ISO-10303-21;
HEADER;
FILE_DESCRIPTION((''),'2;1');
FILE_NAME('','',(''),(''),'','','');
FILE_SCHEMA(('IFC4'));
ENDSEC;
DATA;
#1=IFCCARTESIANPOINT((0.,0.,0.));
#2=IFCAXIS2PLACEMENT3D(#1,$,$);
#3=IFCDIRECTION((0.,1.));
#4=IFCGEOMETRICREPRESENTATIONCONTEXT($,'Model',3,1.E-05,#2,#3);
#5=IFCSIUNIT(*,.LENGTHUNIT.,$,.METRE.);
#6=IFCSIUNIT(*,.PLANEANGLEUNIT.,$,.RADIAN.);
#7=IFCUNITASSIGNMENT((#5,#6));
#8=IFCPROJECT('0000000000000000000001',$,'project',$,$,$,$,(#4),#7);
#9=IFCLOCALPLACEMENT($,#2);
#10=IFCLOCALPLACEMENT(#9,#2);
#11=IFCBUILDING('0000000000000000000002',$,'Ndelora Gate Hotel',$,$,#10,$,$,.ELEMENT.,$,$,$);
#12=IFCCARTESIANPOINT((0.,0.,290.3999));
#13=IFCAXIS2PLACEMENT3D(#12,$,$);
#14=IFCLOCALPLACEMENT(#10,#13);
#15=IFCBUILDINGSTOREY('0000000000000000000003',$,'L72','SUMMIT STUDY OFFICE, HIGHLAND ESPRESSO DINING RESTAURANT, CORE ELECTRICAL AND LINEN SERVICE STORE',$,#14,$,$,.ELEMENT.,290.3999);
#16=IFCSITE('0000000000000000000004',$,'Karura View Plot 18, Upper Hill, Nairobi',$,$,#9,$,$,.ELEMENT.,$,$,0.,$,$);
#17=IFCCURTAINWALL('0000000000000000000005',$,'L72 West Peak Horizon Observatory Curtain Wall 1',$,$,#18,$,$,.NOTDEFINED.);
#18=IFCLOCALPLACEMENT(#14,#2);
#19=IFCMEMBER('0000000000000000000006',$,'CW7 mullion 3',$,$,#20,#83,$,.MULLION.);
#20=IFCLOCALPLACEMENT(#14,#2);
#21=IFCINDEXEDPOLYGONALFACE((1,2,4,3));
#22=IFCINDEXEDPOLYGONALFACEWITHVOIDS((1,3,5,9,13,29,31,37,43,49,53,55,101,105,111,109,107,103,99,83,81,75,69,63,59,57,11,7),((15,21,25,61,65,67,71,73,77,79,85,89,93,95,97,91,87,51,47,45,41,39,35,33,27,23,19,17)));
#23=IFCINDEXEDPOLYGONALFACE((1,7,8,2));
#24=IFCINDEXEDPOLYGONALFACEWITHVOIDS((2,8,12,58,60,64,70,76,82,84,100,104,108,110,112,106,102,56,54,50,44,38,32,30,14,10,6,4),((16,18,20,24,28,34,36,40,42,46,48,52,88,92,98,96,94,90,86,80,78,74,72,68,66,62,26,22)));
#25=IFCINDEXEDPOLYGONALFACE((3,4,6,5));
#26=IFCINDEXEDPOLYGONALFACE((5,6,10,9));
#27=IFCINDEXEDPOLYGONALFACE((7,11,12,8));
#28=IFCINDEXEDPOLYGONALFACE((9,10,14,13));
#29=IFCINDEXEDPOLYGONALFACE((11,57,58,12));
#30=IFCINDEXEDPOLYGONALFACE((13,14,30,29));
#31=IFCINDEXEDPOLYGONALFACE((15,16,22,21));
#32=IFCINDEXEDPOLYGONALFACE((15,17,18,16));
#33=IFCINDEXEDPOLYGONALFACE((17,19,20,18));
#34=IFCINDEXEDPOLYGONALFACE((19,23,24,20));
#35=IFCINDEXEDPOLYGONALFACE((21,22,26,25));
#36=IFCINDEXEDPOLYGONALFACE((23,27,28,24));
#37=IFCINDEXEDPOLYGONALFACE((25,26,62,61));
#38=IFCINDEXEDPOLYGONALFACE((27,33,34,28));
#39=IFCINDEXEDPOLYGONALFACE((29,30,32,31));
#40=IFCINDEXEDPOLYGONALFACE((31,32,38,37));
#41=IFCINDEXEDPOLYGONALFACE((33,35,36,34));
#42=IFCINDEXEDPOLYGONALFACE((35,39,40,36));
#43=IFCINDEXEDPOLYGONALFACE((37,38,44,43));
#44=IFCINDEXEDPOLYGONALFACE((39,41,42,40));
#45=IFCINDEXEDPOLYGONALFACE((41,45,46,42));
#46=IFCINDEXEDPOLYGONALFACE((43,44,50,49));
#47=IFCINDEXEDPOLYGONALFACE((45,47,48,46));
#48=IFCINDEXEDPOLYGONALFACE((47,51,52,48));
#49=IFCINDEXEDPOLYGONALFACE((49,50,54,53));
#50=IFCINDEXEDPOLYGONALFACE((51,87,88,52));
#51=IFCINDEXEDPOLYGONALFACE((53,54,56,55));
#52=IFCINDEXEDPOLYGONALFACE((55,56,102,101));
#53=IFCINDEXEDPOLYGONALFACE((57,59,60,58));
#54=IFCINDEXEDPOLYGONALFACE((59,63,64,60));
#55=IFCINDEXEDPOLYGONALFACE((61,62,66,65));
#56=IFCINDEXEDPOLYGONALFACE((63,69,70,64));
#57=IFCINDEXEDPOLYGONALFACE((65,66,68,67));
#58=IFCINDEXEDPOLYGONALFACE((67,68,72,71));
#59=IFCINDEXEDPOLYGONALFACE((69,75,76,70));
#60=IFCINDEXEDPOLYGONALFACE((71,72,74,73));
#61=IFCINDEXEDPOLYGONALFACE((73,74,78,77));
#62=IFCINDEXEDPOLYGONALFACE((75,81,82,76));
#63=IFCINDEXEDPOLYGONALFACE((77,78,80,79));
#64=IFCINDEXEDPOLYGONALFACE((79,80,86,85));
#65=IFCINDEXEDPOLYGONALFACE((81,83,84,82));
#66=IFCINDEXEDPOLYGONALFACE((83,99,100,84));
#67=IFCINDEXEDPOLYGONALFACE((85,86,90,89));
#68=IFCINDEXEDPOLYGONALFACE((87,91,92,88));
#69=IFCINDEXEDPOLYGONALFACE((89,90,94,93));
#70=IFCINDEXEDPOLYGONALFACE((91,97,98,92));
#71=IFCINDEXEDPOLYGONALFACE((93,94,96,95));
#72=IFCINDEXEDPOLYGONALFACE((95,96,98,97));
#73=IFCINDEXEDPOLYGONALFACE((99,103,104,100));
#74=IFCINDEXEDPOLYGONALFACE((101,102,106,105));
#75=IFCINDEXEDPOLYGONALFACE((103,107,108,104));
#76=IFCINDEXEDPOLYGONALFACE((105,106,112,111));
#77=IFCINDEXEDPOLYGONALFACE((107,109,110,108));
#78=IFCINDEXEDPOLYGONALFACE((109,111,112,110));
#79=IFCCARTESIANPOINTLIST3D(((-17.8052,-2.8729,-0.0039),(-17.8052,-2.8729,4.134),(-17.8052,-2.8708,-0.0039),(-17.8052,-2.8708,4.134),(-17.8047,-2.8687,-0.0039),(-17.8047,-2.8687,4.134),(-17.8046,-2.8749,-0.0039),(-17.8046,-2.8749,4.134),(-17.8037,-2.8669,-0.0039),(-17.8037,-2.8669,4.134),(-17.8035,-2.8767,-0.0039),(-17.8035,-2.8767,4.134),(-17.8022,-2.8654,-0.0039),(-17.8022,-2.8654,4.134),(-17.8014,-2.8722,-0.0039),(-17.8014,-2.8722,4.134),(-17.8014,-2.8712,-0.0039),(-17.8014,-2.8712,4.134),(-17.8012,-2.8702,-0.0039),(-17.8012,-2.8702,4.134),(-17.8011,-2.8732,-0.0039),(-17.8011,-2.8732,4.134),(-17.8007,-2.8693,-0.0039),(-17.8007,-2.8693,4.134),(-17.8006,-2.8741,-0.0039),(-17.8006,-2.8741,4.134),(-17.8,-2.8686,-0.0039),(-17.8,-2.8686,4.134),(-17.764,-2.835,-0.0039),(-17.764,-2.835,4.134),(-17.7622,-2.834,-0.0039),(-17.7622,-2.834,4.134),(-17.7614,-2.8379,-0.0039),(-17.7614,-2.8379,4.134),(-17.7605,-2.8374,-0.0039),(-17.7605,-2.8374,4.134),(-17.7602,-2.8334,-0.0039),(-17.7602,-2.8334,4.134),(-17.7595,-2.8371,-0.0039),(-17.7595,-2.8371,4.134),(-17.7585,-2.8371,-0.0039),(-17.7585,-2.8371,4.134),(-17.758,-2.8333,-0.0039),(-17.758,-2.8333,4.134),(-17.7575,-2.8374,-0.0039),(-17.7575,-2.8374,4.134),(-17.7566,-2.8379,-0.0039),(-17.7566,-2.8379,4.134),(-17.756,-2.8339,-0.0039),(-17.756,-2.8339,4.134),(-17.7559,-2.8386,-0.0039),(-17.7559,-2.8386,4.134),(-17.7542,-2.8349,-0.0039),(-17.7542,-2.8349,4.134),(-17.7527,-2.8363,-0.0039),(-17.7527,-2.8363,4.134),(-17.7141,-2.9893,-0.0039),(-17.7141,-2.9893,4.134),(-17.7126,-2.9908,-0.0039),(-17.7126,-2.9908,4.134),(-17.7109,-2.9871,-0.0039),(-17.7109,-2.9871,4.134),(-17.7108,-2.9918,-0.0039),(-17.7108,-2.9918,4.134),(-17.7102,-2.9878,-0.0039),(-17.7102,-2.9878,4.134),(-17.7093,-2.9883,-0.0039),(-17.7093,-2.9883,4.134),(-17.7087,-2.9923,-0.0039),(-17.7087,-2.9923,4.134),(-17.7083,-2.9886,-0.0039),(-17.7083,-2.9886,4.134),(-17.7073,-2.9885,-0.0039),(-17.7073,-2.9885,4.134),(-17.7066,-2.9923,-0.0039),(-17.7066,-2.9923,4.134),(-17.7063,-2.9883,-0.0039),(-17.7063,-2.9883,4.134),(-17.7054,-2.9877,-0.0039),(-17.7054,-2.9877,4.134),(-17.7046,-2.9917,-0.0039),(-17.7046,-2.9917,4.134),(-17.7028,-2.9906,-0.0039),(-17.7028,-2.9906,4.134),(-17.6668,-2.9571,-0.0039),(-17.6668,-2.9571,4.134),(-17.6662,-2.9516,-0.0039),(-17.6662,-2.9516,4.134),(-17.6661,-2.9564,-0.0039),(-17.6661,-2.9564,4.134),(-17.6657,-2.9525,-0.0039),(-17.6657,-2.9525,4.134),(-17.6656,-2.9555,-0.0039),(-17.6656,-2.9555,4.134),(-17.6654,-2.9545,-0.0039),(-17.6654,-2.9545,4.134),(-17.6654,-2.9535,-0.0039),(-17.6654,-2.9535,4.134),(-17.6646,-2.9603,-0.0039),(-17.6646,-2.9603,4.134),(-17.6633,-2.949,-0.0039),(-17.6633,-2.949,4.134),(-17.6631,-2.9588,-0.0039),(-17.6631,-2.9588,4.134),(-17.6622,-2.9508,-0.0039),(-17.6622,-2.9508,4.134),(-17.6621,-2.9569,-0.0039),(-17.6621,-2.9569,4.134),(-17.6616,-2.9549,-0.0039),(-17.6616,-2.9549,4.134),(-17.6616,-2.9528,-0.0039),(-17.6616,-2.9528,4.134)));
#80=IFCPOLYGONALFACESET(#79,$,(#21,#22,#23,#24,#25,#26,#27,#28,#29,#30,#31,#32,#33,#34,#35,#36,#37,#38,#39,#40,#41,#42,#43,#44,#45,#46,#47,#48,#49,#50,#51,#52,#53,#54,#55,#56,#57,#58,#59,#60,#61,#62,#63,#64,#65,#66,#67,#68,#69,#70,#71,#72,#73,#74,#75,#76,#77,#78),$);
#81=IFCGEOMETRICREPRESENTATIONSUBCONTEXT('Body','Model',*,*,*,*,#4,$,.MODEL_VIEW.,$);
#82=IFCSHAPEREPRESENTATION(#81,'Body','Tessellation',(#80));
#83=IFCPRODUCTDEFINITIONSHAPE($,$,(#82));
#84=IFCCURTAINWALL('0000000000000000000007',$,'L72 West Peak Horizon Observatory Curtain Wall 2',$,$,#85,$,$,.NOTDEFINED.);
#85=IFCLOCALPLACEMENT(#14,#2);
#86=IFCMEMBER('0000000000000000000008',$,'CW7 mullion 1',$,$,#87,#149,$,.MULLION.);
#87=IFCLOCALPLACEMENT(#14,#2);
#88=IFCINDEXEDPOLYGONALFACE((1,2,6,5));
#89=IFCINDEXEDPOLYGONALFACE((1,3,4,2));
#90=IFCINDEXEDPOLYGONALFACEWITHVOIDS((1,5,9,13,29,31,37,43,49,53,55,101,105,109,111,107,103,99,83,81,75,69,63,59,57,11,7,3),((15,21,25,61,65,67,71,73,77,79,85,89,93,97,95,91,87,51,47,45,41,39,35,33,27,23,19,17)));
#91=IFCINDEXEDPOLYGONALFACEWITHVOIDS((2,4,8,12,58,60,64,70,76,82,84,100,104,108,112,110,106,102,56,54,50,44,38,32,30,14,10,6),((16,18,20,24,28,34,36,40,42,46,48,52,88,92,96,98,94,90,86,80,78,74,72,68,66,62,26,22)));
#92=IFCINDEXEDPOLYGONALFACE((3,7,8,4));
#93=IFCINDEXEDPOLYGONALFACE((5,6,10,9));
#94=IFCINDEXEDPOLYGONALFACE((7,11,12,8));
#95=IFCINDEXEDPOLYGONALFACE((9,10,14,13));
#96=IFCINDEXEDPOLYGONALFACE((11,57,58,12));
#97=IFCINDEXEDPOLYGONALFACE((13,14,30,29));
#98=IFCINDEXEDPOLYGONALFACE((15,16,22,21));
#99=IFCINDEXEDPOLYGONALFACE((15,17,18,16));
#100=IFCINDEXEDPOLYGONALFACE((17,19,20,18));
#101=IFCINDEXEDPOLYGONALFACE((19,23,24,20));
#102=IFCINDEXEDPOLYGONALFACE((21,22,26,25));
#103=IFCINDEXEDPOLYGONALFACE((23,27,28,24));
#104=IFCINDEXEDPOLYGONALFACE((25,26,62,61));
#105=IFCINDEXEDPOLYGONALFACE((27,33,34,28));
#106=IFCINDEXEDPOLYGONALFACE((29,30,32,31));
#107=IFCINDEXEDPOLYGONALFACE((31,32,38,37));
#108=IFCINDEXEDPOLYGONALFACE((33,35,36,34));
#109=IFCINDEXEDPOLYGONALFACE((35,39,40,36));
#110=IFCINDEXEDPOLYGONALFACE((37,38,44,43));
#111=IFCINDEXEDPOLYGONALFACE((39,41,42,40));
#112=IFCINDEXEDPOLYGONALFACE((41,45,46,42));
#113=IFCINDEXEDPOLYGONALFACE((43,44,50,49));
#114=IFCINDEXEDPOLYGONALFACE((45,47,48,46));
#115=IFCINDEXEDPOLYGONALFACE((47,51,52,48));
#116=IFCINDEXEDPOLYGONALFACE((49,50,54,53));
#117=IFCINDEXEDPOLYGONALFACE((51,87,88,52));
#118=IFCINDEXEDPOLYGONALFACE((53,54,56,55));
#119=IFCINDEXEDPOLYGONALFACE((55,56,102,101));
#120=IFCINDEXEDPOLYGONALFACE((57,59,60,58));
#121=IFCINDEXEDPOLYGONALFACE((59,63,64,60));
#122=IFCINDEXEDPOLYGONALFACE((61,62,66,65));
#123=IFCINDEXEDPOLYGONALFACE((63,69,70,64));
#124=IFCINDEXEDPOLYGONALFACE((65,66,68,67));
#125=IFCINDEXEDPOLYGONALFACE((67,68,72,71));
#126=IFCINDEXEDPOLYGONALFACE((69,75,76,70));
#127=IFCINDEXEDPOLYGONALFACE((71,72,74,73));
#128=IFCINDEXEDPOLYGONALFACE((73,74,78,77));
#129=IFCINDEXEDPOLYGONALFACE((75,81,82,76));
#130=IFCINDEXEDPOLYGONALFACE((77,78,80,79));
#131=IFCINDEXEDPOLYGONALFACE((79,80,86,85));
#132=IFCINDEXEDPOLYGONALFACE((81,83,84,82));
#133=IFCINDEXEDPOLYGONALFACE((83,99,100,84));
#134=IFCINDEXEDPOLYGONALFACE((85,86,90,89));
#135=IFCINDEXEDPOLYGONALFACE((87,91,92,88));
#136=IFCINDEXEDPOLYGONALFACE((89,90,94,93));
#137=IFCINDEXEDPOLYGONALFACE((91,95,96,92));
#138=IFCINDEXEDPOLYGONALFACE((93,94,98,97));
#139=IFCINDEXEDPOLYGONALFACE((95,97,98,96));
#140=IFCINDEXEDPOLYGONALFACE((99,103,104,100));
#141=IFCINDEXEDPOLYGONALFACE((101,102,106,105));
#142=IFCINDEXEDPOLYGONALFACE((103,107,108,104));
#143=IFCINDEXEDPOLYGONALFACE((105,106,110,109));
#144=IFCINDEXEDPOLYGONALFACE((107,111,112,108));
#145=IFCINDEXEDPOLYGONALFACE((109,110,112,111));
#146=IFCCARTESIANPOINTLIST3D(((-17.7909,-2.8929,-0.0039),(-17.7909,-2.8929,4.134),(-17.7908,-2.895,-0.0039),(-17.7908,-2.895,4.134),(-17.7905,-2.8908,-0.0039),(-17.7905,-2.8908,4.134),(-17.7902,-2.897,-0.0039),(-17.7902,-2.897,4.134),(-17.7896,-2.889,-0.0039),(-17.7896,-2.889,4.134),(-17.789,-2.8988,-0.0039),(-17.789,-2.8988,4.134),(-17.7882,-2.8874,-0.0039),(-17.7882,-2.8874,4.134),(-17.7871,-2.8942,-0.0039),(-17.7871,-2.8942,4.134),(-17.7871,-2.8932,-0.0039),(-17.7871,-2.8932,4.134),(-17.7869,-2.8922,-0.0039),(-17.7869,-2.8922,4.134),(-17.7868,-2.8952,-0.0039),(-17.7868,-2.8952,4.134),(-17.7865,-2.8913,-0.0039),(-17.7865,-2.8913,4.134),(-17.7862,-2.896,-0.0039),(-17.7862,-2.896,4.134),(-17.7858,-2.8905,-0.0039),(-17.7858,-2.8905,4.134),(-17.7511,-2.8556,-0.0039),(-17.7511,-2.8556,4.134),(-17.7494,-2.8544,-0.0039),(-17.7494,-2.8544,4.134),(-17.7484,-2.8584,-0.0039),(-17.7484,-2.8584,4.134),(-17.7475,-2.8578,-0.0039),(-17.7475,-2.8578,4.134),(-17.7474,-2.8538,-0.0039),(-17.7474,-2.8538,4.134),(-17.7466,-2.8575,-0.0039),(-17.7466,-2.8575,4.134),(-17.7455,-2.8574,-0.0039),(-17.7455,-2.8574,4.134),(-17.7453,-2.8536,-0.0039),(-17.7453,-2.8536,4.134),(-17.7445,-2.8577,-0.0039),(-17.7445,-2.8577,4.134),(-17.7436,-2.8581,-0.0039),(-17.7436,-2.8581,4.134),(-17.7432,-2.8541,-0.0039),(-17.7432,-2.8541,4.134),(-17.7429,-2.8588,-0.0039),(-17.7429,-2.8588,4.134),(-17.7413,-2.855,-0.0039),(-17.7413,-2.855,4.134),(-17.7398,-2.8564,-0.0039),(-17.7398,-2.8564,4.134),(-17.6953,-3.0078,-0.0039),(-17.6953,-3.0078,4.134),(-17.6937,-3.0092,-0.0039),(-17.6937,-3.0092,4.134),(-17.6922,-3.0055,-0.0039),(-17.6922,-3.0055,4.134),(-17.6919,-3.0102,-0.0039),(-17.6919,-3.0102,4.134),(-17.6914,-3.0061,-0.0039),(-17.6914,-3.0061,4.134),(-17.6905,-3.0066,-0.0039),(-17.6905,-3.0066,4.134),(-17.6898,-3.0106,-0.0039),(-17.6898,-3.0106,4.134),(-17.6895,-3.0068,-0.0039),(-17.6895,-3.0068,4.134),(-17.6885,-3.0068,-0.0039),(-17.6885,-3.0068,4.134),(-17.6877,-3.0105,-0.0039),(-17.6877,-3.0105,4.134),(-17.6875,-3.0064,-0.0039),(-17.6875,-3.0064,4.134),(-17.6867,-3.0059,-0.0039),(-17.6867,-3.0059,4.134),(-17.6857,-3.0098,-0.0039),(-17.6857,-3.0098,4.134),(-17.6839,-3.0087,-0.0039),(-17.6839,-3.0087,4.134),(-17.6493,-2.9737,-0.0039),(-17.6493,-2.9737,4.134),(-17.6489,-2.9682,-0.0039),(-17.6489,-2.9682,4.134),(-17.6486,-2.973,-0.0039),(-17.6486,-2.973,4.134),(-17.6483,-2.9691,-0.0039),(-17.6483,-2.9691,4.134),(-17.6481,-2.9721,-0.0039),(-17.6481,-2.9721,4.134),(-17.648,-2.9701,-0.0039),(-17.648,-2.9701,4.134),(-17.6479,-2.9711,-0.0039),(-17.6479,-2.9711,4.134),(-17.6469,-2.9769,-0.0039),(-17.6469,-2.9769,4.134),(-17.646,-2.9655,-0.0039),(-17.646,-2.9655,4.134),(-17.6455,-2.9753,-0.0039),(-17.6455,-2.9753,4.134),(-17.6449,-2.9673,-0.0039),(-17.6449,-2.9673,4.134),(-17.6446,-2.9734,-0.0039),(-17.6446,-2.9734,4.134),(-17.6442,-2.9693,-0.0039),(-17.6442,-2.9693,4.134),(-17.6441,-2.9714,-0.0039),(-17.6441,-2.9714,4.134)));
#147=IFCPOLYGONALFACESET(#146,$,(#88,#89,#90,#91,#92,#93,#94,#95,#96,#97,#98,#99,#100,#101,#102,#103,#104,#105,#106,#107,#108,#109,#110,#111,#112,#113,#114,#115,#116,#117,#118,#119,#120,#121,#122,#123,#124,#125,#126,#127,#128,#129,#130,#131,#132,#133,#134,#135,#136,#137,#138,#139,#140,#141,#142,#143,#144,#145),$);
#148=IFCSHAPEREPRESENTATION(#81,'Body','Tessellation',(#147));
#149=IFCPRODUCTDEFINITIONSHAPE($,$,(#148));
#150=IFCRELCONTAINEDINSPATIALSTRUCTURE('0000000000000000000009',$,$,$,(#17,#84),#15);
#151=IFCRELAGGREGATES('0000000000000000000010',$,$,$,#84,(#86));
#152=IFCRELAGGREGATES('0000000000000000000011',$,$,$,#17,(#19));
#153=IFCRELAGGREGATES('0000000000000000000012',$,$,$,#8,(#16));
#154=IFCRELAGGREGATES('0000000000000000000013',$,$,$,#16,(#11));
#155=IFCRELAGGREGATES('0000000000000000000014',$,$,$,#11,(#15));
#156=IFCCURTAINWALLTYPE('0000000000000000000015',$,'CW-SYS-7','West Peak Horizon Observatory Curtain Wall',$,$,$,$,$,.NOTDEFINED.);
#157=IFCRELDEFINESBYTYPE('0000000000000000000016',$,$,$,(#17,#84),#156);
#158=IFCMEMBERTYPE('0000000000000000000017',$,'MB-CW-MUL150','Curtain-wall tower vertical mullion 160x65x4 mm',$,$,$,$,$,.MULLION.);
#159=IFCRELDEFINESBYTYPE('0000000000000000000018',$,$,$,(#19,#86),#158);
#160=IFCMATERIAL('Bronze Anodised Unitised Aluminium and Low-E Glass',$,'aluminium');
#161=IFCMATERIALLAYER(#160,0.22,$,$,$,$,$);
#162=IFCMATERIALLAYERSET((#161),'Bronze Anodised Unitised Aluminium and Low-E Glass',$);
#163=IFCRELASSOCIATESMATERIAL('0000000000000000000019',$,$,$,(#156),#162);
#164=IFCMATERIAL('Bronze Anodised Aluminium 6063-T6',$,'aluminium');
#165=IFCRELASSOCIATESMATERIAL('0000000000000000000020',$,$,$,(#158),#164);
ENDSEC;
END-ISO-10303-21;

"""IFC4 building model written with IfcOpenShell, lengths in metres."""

from ifc_helpers import new_model, si_unit, direction, frame, origin, origin_2d, place, context, subcontext, project, spatial, hollow_rectangle, extrude, material, layer, layer_set, material_profile, profile_set, type_object, element, aggregate, save


model = new_model("IFC4")

# Units and contexts
model_context = context("Model", 3, precision=1e-05, world=origin(), true_north=direction((0.0, 1.0)))
body_context = subcontext(model_context, "Body", "Model", "MODEL_VIEW")
ifc_project = project(units=[si_unit("LENGTHUNIT", "METRE"), si_unit("PLANEANGLEUNIT", "RADIAN")], contexts=[model_context])

# Site, building, storey
site_placement = place(None, origin())
site = spatial("IfcSite", under=ifc_project, at=site_placement, Name="Karura View Plot 18, Upper Hill, Nairobi", CompositionType="ELEMENT", RefElevation=0.0)
building_placement = place(site_placement, origin())
building = spatial("IfcBuilding", under=site, at=building_placement, Name="Ndelora Gate Hotel", CompositionType="ELEMENT")
storey_placement = place(building_placement, frame((0.0, 0.0, 290.3999)))
storey = spatial("IfcBuildingStorey", under=building, at=storey_placement, Name="L72", Description="SUMMIT STUDY OFFICE, HIGHLAND ESPRESSO DINING RESTAURANT, CORE ELECTRICAL AND LINEN SERVICE STORE", CompositionType="ELEMENT", Elevation=290.3999)

# Curtain wall, member
ifc_material_1 = material(Name="Bronze Anodised Unitised Aluminium and Low-E Glass", Category="aluminium")
ifc_layer_1 = layer(ifc_material_1, 0.22)
ifc_layer_set_1 = layer_set([ifc_layer_1], Name="Bronze Anodised Unitised Aluminium and Low-E Glass")
curtain_wall_type = type_object("IfcCurtainWallType", Name="CW-SYS-7", Description="West Peak Horizon Observatory Curtain Wall", PredefinedType="NOTDEFINED", material=ifc_layer_set_1)
curtain_wall_1_placement = place(storey_placement, origin())
curtain_wall_1 = element("IfcCurtainWall", 1, at=curtain_wall_1_placement, inside=storey, type_object=curtain_wall_type, Name="L72 West Peak Horizon Observatory Curtain Wall 1", PredefinedType="NOTDEFINED")
ifc_material_2 = material(Name="Bronze Anodised Aluminium 6063-T6", Category="aluminium")
ifc_material_profile_1 = material_profile(ifc_material_2, hollow_rectangle(XDim=0.0649, YDim=0.1599, WallThickness=0.0039, InnerFilletRadius=0.0039, OuterFilletRadius=0.0081, at=origin_2d()), Name="ALU 160x65x4")
ifc_profile_set_1 = profile_set([ifc_material_profile_1], Name="Bronze Anodised Aluminium 6063-T6")
member_type_1 = type_object("IfcMemberType", Name="MB-CW-MUL150", Description="Curtain-wall tower vertical mullion 160x65x4 mm", PredefinedType="MULLION", material=ifc_profile_set_1)
member_1_placement = place(storey_placement, frame((-17.7334, -2.9128, -0.0039), z_axis=(0.0, 0.0, 1.0), x_axis=(0.783317, 0.621622, 0.0)))
member_1 = element("IfcMember", 2, at=member_1_placement, type_object=member_type_1, Name="CW7 mullion 3", PredefinedType="MULLION", context=body_context, shape_type="SweptSolid", body=[
    extrude(hollow_rectangle(XDim=0.0649, YDim=0.1599, WallThickness=0.0039, InnerFilletRadius=0.0039, OuterFilletRadius=0.0081, at=origin_2d()), origin(), (0.0, 0.0, 1.0), 4.1379),
])

# Curtain wall, member
curtain_wall_2_placement = place(storey_placement, origin())
curtain_wall_2 = element("IfcCurtainWall", 3, at=curtain_wall_2_placement, inside=storey, type_object=curtain_wall_type, Name="L72 West Peak Horizon Observatory Curtain Wall 2", PredefinedType="NOTDEFINED")
member_2_placement = place(storey_placement, frame((-17.7175, -2.9321, -0.0039), z_axis=(0.0, 0.0, 1.0), x_axis=(0.75853, 0.651638, 0.0)))
member_2 = element("IfcMember", 4, at=member_2_placement, type_object=member_type_1, Name="CW7 mullion 1", PredefinedType="MULLION", context=body_context, shape_type="SweptSolid", body=[
    extrude(hollow_rectangle(XDim=0.0649, YDim=0.1599, WallThickness=0.0039, InnerFilletRadius=0.0039, OuterFilletRadius=0.0081, at=origin_2d()), origin(), (0.0, 0.0, 1.0), 4.1379),
])

aggregate(curtain_wall_2, [member_2])

aggregate(curtain_wall_1, [member_1])

save(model, "model.ifc")
